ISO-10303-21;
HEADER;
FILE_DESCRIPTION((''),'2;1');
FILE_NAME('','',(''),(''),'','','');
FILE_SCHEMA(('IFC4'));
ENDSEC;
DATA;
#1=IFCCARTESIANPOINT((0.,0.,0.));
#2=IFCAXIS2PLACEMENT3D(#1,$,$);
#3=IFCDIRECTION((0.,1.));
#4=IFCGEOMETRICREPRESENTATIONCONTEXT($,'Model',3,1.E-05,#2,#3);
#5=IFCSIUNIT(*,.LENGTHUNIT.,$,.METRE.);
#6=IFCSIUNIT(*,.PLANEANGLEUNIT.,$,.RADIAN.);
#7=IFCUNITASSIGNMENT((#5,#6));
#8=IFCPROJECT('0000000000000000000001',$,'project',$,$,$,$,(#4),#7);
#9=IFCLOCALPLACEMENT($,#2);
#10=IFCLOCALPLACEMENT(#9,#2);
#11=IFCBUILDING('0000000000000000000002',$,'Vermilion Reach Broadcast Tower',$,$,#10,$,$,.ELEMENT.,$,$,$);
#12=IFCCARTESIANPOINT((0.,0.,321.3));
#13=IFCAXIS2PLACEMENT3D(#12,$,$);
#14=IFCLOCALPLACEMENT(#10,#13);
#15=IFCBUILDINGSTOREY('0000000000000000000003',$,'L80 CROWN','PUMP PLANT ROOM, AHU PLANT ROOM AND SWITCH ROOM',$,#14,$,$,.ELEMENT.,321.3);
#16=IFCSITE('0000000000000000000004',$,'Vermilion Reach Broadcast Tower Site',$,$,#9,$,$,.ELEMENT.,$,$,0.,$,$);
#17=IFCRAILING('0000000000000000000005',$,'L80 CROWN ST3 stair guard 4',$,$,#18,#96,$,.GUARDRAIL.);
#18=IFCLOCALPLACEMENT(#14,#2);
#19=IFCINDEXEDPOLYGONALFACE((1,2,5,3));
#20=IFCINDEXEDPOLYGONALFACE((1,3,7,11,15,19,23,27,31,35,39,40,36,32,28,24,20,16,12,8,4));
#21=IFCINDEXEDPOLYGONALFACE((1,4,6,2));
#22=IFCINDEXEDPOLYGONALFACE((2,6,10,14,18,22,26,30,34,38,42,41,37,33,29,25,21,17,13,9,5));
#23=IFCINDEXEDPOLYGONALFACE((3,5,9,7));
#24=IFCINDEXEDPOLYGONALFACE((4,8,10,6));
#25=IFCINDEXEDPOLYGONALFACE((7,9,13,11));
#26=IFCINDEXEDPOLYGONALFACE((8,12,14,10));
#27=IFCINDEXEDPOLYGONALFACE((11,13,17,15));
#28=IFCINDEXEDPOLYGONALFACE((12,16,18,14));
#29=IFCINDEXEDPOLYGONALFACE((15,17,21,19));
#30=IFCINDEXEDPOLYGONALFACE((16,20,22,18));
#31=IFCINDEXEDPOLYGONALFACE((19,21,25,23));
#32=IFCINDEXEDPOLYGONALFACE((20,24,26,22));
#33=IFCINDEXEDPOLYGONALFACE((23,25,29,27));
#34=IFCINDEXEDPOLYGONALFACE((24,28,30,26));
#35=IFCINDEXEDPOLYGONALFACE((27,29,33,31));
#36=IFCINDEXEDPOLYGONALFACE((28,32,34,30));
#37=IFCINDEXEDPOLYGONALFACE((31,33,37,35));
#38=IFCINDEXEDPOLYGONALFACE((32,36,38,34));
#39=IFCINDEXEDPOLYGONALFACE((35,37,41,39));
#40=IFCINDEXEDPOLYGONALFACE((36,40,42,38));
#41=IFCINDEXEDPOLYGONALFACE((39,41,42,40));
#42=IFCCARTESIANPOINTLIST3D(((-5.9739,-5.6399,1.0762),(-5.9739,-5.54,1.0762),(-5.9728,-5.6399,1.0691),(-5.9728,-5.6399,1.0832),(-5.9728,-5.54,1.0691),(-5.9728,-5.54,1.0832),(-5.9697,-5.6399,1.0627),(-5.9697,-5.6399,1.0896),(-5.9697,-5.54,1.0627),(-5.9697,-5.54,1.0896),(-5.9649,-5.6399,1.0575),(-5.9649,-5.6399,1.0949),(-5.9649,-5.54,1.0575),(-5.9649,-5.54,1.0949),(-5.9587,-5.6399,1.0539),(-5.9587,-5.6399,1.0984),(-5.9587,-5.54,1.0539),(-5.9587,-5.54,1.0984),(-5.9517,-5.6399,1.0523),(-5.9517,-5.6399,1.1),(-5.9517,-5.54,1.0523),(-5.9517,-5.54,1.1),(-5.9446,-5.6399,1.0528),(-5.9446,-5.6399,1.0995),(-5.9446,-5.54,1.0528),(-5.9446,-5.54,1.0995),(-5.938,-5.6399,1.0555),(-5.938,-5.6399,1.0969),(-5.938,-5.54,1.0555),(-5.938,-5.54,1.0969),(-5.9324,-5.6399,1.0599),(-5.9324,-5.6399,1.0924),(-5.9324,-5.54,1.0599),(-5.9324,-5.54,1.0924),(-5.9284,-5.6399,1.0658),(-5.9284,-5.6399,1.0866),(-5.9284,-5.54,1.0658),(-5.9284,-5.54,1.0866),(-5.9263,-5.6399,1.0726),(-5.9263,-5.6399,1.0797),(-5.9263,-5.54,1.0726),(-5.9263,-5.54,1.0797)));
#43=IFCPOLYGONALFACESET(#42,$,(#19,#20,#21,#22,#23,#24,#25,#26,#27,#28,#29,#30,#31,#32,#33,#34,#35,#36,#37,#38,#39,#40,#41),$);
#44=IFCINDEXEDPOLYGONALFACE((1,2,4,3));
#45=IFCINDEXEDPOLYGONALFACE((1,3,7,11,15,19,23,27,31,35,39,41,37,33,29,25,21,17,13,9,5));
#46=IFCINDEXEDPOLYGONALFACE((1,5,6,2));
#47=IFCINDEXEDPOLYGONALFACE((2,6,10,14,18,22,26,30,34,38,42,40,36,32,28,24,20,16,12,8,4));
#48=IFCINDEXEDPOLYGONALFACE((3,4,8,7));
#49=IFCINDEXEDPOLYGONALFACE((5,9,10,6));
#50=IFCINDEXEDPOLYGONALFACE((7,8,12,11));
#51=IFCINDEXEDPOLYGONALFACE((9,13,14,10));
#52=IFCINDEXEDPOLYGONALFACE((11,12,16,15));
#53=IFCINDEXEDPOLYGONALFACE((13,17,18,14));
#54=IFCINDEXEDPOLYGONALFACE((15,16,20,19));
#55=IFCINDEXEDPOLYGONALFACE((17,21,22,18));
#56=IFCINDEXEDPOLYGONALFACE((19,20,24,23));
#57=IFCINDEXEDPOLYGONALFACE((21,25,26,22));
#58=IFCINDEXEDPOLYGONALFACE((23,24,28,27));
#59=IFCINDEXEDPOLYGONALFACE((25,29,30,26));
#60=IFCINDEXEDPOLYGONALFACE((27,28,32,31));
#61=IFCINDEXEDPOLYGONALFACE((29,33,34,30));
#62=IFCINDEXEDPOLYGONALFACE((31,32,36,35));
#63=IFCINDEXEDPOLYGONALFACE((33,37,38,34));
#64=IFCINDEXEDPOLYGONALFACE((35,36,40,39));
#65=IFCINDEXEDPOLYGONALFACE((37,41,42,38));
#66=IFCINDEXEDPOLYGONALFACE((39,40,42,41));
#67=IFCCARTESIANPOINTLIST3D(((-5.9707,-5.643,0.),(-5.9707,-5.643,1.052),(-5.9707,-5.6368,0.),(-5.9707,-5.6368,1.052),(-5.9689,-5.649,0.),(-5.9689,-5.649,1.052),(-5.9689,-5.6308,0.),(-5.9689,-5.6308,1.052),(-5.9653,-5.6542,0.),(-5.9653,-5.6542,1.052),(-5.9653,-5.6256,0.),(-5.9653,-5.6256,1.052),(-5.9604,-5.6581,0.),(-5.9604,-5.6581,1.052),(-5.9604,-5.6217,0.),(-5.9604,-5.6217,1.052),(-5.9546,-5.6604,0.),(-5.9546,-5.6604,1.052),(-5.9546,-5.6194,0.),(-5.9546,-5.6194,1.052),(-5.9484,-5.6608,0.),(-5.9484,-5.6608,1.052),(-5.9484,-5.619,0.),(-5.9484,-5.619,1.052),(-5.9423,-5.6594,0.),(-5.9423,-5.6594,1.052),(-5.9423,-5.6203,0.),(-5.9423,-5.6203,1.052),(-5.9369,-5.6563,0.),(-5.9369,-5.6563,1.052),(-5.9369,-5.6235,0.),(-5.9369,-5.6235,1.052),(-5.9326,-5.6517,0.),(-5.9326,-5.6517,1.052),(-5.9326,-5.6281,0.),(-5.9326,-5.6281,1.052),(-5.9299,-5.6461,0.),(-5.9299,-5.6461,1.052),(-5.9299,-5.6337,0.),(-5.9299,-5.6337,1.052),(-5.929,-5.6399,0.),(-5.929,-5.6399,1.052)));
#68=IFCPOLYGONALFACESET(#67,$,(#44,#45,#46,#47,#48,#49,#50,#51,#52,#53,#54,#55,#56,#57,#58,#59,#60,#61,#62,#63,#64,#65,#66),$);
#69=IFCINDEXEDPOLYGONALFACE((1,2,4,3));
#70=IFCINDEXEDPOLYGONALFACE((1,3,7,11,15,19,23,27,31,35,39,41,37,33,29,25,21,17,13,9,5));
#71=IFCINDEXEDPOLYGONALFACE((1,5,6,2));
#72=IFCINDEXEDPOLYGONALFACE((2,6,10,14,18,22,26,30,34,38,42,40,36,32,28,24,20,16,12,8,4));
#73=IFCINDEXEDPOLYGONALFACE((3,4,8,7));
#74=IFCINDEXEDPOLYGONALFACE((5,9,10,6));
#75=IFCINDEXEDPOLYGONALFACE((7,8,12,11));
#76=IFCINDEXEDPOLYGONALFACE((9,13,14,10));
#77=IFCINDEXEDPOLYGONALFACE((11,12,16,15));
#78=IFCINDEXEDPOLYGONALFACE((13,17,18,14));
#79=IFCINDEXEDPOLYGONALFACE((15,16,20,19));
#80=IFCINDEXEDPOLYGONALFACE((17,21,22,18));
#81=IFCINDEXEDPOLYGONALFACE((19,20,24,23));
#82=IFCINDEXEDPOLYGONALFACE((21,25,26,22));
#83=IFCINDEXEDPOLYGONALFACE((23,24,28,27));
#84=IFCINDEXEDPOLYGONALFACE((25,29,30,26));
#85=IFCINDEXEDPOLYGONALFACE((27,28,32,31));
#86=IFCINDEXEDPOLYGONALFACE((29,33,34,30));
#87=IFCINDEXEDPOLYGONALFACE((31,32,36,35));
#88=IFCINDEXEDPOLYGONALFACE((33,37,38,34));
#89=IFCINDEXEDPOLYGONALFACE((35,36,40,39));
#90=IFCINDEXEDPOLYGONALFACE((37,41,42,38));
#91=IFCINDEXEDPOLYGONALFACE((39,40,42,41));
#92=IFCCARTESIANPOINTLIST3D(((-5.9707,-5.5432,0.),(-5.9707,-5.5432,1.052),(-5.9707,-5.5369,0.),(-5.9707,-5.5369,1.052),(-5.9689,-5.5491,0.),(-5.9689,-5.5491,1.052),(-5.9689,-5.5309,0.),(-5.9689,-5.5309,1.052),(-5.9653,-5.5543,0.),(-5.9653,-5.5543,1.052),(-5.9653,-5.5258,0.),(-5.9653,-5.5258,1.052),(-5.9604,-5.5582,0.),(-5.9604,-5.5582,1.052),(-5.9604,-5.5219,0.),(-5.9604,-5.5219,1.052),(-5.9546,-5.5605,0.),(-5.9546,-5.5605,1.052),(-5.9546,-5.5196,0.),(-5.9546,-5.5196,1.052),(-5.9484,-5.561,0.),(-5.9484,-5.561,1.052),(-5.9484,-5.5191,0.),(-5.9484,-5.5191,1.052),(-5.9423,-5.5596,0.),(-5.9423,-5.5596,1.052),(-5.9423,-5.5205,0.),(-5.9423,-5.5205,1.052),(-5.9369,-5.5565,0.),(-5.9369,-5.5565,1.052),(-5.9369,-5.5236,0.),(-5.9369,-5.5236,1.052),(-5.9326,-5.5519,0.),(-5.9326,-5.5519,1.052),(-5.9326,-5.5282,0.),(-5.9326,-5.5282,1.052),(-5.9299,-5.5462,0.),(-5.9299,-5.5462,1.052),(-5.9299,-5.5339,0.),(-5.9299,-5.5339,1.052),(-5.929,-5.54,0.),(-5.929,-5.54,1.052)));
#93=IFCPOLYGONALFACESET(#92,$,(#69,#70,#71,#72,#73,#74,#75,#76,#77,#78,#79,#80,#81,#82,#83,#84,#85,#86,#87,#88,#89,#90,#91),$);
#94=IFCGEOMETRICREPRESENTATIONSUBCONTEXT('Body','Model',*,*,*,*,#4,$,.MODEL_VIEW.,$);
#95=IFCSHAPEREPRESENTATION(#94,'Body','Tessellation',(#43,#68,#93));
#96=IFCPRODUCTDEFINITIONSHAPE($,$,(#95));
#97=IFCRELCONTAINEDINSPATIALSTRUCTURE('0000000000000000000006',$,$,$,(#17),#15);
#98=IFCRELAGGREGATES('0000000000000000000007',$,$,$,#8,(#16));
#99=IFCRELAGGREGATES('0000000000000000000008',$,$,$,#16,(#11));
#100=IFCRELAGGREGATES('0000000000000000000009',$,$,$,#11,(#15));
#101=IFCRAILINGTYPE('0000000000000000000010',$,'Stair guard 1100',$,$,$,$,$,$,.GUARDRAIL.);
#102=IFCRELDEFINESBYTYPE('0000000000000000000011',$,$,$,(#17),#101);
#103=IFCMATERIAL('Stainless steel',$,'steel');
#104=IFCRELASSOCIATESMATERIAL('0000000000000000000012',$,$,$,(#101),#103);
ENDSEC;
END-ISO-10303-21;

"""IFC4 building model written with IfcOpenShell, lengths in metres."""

from ifc_helpers import new_model, si_unit, direction, frame, origin, origin_2d, place, context, subcontext, project, spatial, circle, extrude, material, type_object, element, save


model = new_model("IFC4")

# Units and contexts
model_context = context("Model", 3, precision=1e-05, world=origin(), true_north=direction((0.0, 1.0)))
body_context = subcontext(model_context, "Body", "Model", "MODEL_VIEW")
ifc_project = project(units=[si_unit("LENGTHUNIT", "METRE"), si_unit("PLANEANGLEUNIT", "RADIAN")], contexts=[model_context])

# Site, building, storey
site_placement = place(None, origin())
site = spatial("IfcSite", under=ifc_project, at=site_placement, Name="Vermilion Reach Broadcast Tower Site", CompositionType="ELEMENT", RefElevation=0.0)
building_placement = place(site_placement, origin())
building = spatial("IfcBuilding", under=site, at=building_placement, Name="Vermilion Reach Broadcast Tower", CompositionType="ELEMENT")
storey_placement = place(building_placement, frame((0.0, 0.0, 321.3)))
storey = spatial("IfcBuildingStorey", under=building, at=storey_placement, Name="L80 CROWN", Description="PUMP PLANT ROOM, AHU PLANT ROOM AND SWITCH ROOM", CompositionType="ELEMENT", Elevation=321.3)

# Railing
ifc_material_1 = material(Name="Stainless steel", Category="steel")
railing_type_1 = type_object("IfcRailingType", Name="Stair guard 1100", PredefinedType="GUARDRAIL", material=ifc_material_1)
railing_1_placement = place(storey_placement, frame((-5.95, -5.6399, 0.0)))
element("IfcRailing", 1, at=railing_1_placement, inside=storey, type_object=railing_type_1, Name="L80 CROWN ST3 stair guard 4", PredefinedType="GUARDRAIL", context=body_context, shape_type="SweptSolid", body=[
    extrude(circle(Radius=0.0239, at=origin_2d()), frame((0.0, 0.0, 1.0762), z_axis=(0.0, 1.0, 0.0), x_axis=(-1.0, 0.0, 0.0)), (0.0, 0.0, 1.0), 0.0999),
    extrude(circle(Radius=0.021, at=origin_2d()), origin(), (0.0, 0.0, 1.0), 1.052),
    extrude(circle(Radius=0.021, at=origin_2d()), frame((0.0, 0.0999, 0.0)), (0.0, 0.0, 1.0), 1.052),
])

save(model, "model.ifc")
